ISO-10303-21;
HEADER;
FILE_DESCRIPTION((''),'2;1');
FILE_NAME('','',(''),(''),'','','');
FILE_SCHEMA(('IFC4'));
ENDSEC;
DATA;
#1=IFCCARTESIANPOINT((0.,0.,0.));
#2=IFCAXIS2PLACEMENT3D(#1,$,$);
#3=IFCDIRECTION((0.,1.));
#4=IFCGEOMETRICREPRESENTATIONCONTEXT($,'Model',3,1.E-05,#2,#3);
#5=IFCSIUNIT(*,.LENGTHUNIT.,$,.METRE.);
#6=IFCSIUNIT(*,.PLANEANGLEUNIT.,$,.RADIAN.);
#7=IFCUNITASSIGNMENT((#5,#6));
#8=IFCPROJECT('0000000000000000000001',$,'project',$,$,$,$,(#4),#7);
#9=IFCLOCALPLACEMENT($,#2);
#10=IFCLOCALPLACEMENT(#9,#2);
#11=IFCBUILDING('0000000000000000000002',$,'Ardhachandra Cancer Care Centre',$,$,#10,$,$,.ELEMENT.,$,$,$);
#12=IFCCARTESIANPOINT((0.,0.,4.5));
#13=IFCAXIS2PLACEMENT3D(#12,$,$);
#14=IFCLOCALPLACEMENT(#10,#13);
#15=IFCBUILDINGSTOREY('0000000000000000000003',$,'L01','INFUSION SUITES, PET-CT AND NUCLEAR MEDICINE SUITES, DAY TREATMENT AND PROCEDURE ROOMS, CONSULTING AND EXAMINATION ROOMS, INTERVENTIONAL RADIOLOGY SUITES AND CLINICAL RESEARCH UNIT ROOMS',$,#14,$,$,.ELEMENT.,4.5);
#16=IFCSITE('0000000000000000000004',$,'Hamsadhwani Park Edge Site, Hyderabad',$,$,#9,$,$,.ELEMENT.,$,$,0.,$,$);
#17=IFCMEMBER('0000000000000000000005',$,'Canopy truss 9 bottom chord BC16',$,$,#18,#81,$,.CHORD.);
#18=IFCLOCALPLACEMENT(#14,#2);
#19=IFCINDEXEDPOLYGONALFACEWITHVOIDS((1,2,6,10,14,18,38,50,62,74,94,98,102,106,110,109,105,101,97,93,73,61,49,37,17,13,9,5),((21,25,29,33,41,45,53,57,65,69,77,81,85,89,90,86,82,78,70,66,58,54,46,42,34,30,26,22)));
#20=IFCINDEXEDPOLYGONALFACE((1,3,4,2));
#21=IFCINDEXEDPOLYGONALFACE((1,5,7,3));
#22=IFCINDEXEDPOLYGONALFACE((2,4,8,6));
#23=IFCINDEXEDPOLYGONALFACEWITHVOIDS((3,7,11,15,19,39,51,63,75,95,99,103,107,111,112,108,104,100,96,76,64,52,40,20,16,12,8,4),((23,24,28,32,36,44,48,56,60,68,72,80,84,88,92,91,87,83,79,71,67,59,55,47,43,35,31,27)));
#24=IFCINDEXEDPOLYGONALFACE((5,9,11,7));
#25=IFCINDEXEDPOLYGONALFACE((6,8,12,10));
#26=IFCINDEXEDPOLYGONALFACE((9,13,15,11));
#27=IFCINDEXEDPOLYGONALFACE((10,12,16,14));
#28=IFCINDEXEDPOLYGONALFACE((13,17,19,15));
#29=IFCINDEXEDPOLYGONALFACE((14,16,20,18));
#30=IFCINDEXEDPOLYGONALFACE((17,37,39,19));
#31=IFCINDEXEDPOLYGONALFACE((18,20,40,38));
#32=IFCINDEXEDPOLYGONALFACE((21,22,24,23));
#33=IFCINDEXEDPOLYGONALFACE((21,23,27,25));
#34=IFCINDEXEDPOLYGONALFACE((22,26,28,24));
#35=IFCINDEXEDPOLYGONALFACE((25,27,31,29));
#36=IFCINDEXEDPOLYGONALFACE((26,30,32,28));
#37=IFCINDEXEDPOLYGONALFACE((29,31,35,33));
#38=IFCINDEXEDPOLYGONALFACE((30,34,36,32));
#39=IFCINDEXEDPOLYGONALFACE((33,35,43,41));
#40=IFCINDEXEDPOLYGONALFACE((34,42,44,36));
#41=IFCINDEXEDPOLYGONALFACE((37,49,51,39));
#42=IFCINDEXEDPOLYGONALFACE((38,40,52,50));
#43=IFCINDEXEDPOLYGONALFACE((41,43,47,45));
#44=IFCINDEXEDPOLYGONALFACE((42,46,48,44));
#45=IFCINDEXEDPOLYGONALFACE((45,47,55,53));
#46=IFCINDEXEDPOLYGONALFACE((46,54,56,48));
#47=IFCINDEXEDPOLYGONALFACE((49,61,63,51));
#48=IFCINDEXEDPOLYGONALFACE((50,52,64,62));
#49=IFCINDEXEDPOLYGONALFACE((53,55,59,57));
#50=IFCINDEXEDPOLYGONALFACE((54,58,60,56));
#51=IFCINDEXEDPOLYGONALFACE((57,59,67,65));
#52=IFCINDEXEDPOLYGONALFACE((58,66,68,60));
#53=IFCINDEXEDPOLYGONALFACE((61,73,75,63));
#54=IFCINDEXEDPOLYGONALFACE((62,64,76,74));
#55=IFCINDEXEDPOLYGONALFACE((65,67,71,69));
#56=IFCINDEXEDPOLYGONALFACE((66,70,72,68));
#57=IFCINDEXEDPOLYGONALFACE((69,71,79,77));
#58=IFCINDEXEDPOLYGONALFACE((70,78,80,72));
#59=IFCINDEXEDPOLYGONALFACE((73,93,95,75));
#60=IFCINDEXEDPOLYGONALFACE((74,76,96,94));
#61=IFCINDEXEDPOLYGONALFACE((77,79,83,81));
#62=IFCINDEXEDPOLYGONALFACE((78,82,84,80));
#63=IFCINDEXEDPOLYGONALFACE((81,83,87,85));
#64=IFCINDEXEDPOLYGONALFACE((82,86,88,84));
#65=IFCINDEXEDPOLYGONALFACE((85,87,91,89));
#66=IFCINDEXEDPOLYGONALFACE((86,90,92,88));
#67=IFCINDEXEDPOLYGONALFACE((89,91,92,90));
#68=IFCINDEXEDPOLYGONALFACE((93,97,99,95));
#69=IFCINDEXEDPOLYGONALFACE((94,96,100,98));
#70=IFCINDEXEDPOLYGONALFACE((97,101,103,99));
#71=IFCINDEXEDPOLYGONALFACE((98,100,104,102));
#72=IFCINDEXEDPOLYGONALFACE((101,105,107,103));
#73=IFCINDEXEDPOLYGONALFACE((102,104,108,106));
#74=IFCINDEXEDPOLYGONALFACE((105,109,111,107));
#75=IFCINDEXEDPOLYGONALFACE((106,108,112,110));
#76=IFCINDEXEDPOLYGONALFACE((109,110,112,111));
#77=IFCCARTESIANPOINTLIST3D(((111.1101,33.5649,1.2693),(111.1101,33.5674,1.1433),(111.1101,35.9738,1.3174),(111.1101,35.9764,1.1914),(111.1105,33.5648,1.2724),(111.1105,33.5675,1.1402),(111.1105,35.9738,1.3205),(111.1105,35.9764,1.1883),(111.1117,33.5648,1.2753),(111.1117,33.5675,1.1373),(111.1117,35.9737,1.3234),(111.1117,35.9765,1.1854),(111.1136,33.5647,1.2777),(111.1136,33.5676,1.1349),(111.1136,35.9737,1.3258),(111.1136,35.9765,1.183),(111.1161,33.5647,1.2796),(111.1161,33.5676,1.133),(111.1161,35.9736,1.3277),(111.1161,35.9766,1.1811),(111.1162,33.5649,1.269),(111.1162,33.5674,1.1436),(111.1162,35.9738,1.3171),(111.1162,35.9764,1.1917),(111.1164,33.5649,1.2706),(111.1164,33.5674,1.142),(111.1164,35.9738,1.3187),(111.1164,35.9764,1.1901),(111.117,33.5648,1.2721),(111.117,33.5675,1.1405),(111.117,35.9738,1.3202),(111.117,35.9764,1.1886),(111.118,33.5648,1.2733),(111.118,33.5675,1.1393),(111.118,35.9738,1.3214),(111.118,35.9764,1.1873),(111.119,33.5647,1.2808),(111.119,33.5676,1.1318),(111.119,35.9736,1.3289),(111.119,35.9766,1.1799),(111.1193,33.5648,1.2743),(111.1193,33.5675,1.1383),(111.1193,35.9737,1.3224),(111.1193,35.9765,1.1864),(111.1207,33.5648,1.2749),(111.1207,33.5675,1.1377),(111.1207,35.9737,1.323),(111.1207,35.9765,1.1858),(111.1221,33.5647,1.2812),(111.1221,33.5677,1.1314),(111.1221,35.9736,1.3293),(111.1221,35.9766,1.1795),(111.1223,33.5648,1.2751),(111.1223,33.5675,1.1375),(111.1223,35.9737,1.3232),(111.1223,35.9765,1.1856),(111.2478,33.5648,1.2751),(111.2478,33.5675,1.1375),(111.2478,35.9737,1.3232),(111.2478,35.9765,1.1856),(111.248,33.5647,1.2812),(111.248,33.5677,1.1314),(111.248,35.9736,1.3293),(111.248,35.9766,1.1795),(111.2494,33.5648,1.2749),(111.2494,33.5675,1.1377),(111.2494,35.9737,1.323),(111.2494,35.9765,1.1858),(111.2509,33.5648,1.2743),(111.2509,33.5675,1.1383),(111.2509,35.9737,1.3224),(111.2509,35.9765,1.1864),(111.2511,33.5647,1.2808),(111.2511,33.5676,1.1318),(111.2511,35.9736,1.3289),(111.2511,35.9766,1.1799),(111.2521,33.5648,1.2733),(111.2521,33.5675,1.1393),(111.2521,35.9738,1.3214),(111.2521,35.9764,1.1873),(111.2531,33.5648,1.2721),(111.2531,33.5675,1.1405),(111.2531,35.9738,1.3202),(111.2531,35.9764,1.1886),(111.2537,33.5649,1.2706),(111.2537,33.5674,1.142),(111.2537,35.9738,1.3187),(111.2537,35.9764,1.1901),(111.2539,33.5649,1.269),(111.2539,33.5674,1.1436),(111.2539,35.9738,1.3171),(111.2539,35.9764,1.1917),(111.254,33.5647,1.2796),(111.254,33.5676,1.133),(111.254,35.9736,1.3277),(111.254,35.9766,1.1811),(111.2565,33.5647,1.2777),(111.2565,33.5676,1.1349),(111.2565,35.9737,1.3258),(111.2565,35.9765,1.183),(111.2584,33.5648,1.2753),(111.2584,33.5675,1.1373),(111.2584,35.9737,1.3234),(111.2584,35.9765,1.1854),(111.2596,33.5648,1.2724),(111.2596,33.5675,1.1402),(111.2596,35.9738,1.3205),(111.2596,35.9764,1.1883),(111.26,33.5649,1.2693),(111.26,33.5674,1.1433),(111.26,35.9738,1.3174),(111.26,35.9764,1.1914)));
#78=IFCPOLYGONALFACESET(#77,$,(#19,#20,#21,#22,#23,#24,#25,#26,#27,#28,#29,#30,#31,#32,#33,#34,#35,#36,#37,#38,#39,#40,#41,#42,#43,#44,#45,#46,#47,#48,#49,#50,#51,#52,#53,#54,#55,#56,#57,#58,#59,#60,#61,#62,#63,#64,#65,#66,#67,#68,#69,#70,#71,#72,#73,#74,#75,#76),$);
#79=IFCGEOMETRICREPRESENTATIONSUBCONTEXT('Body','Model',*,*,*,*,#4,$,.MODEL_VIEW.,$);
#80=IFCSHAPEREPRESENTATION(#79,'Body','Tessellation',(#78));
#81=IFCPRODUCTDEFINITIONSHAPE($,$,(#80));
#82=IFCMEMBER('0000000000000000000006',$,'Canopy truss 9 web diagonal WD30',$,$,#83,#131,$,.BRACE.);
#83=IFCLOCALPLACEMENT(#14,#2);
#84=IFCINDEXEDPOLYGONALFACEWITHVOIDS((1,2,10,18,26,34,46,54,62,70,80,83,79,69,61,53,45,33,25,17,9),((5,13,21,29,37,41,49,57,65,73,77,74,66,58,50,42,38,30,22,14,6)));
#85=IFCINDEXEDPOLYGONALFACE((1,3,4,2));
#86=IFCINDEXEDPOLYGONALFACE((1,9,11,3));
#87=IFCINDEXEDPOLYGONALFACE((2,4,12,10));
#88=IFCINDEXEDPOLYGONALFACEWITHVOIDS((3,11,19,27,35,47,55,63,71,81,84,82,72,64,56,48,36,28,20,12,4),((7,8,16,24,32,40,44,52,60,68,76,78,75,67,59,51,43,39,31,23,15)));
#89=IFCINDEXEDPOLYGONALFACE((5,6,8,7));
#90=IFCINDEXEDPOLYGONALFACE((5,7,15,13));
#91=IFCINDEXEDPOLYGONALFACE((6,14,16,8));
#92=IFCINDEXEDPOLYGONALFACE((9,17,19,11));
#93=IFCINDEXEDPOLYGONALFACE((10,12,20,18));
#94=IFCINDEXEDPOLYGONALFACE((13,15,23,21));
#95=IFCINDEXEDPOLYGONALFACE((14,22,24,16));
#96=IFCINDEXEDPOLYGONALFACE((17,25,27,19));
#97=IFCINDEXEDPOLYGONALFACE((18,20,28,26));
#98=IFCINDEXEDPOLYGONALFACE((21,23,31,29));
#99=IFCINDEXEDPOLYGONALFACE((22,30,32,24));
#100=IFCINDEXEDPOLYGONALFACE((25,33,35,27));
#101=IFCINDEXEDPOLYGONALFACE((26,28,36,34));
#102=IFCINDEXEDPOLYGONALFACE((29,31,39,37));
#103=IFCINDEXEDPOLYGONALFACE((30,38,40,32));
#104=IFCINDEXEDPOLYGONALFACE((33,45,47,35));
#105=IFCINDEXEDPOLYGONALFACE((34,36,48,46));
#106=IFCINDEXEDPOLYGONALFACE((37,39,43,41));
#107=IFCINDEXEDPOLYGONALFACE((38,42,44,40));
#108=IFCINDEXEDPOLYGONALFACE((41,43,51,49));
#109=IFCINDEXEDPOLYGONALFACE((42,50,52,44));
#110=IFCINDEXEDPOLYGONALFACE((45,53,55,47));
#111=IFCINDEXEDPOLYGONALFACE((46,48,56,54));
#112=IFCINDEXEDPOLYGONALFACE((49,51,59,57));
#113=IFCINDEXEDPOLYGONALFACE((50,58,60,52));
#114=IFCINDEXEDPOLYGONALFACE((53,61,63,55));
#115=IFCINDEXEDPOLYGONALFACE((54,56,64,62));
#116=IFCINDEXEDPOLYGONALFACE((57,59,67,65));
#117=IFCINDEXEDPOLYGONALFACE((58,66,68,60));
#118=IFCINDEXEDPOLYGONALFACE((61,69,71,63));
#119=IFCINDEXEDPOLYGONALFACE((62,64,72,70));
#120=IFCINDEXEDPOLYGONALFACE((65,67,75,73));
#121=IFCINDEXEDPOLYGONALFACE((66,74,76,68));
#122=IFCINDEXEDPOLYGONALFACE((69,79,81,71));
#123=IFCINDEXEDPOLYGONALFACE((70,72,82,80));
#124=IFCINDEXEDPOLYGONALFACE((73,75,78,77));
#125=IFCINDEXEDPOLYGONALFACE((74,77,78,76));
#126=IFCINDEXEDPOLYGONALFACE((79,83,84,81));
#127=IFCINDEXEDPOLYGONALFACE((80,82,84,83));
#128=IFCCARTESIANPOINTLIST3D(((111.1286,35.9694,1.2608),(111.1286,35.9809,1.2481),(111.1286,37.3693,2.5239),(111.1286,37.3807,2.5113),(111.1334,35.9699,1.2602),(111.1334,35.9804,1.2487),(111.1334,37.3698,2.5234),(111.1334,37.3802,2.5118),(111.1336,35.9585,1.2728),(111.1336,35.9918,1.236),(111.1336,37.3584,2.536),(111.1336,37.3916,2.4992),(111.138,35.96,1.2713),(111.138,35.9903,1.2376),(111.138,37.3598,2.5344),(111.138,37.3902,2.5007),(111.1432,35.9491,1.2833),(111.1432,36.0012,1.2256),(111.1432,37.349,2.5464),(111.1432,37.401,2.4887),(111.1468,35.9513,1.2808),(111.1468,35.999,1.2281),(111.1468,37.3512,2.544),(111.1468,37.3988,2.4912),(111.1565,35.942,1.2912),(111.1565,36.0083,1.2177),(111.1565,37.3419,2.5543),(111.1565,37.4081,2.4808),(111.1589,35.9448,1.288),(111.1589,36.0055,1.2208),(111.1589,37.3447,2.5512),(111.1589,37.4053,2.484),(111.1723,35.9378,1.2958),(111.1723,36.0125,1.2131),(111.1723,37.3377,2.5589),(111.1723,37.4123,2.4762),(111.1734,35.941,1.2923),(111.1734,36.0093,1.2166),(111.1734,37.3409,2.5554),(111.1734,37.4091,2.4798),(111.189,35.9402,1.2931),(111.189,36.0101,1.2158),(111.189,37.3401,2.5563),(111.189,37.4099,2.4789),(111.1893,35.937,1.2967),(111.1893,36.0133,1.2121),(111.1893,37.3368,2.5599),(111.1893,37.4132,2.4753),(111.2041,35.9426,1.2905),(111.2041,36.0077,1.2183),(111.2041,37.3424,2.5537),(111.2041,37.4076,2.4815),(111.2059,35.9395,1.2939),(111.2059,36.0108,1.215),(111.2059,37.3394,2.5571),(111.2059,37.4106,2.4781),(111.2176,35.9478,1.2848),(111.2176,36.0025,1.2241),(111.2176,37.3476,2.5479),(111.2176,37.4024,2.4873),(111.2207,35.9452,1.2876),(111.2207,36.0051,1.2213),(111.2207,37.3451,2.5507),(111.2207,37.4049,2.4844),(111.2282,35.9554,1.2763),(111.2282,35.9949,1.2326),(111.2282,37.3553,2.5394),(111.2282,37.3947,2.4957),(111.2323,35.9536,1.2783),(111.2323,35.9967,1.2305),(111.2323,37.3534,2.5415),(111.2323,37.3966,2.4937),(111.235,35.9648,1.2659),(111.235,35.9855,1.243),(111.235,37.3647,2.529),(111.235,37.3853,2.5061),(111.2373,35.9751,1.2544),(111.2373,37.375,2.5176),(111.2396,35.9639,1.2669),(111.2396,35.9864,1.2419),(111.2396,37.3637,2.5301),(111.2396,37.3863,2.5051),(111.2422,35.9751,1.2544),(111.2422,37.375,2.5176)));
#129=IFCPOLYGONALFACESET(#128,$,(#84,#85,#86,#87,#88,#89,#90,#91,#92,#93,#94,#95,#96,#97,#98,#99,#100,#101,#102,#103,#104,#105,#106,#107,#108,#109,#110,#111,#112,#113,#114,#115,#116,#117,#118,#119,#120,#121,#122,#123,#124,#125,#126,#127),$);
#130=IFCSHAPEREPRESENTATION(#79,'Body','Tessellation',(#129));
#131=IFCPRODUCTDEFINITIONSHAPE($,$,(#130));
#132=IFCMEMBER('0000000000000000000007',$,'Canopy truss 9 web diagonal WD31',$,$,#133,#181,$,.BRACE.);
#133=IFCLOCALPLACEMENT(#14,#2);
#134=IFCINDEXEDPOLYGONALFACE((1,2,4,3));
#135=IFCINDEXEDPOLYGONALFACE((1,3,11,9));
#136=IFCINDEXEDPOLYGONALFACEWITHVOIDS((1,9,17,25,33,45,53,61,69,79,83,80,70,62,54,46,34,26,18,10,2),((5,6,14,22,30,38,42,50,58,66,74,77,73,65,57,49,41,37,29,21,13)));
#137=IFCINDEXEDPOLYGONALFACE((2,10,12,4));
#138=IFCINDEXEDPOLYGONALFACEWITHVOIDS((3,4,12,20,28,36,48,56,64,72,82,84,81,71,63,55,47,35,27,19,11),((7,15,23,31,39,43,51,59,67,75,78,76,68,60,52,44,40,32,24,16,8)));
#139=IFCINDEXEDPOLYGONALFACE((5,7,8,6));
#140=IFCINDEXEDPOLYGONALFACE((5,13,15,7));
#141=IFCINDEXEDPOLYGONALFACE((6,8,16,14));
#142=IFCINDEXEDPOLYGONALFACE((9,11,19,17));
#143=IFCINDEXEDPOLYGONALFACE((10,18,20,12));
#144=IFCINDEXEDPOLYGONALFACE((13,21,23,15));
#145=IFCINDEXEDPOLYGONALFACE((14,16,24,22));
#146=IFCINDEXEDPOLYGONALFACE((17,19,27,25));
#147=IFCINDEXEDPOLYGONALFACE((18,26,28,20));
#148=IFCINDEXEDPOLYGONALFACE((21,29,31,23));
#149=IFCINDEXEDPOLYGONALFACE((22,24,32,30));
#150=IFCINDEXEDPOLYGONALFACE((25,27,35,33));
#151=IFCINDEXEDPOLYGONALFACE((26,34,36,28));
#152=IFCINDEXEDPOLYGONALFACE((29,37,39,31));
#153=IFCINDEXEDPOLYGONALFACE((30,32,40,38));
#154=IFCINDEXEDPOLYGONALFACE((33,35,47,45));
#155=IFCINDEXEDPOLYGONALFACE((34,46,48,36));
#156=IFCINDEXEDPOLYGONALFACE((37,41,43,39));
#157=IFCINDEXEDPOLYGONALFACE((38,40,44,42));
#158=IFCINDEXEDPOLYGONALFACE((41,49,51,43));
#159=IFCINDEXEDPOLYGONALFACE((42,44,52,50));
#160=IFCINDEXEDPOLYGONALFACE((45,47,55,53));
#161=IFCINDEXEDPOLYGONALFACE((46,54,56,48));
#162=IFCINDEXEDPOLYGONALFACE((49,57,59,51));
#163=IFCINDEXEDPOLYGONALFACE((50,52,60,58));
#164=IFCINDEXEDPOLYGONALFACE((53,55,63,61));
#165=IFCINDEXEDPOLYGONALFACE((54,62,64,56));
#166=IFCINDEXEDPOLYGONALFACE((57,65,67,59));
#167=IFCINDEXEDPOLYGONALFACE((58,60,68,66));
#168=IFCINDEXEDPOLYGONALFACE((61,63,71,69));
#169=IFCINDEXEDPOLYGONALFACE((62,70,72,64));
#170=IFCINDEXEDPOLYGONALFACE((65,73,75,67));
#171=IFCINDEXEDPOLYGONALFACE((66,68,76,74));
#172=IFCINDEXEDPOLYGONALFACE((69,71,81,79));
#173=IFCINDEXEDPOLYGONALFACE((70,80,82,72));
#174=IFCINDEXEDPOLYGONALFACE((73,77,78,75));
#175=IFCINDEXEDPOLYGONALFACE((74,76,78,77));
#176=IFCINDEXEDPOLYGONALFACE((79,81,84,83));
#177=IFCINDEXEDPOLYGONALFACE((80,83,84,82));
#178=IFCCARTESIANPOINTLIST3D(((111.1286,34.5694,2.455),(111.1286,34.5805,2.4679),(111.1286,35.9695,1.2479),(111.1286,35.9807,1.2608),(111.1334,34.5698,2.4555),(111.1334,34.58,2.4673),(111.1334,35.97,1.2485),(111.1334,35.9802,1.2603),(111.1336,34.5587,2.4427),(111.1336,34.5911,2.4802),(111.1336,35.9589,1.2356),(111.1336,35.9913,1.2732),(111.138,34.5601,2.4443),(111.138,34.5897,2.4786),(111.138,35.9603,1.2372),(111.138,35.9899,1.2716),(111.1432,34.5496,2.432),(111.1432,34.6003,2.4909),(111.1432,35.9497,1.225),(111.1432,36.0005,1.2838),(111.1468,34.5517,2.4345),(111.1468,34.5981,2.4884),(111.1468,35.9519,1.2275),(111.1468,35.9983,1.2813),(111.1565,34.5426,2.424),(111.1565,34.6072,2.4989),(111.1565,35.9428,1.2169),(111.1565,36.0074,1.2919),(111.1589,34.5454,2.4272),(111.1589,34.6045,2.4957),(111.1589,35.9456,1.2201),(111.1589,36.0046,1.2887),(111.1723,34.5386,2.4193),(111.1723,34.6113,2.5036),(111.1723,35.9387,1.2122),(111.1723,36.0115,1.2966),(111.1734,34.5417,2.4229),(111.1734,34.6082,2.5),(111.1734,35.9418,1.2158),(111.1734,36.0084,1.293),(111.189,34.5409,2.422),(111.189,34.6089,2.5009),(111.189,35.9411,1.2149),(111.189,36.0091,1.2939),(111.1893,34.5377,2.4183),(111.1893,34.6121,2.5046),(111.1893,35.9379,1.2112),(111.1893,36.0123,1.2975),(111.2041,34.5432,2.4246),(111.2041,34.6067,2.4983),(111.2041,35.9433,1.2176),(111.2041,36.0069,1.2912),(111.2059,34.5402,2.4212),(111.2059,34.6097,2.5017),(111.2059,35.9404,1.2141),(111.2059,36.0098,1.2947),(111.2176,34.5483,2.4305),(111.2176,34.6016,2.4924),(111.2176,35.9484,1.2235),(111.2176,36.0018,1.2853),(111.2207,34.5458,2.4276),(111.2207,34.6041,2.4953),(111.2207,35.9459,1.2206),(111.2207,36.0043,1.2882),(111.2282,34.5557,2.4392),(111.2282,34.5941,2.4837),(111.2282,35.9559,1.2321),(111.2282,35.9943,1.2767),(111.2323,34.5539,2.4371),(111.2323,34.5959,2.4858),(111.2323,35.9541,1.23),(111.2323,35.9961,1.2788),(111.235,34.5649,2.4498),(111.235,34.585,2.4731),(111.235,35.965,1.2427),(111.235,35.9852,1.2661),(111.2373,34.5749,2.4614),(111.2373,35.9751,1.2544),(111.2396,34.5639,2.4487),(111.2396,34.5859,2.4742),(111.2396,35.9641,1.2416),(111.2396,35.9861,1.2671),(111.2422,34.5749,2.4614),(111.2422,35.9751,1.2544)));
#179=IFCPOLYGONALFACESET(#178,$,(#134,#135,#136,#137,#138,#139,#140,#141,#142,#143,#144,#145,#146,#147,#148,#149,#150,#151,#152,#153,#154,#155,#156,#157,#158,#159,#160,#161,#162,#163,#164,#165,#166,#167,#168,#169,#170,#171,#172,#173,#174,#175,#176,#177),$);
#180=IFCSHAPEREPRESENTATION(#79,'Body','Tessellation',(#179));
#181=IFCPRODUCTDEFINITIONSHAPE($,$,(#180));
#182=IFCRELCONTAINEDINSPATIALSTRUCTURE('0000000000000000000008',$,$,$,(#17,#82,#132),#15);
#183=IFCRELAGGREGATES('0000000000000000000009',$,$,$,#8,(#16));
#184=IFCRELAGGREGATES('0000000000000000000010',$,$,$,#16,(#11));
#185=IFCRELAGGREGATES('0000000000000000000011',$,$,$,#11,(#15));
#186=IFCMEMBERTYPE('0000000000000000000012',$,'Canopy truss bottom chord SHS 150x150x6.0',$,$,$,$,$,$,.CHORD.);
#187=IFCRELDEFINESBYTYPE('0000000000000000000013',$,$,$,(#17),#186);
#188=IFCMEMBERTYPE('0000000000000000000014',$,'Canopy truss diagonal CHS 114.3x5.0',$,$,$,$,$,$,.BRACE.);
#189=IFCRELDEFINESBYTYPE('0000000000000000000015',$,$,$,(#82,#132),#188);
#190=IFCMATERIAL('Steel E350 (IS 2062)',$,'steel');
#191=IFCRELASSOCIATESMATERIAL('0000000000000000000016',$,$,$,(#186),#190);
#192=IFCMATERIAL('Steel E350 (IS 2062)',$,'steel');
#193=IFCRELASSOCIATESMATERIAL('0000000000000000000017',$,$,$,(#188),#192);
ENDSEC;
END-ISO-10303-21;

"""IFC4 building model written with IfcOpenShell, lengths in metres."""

from ifc_helpers import new_model, si_unit, direction, frame, origin, origin_2d, place, context, subcontext, project, spatial, hollow_rectangle, hollow_circle, extrude, material, material_profile, profile_set, type_object, element, save


model = new_model("IFC4")

# Units and contexts
model_context = context("Model", 3, precision=1e-05, world=origin(), true_north=direction((0.0, 1.0)))
body_context = subcontext(model_context, "Body", "Model", "MODEL_VIEW")
ifc_project = project(units=[si_unit("LENGTHUNIT", "METRE"), si_unit("PLANEANGLEUNIT", "RADIAN")], contexts=[model_context])

# Site, building, storey
site_placement = place(None, origin())
site = spatial("IfcSite", under=ifc_project, at=site_placement, Name="Hamsadhwani Park Edge Site, Hyderabad", CompositionType="ELEMENT", RefElevation=0.0)
building_placement = place(site_placement, origin())
building = spatial("IfcBuilding", under=site, at=building_placement, Name="Ardhachandra Cancer Care Centre", CompositionType="ELEMENT")
storey_placement = place(building_placement, frame((0.0, 0.0, 4.5)))
storey = spatial("IfcBuildingStorey", under=building, at=storey_placement, Name="L01", Description="INFUSION SUITES, PET-CT AND NUCLEAR MEDICINE SUITES, DAY TREATMENT AND PROCEDURE ROOMS, CONSULTING AND EXAMINATION ROOMS, INTERVENTIONAL RADIOLOGY SUITES AND CLINICAL RESEARCH UNIT ROOMS", CompositionType="ELEMENT", Elevation=4.5)

# Members
ifc_material_1 = material(Name="Steel E350 (IS 2062)", Category="steel")
ifc_material_profile_1 = material_profile(ifc_material_1, hollow_rectangle(XDim=0.1499, YDim=0.1499, WallThickness=0.0061, InnerFilletRadius=0.0061, OuterFilletRadius=0.012, at=origin_2d()), Name="SHS 150x150x6.0")
ifc_profile_set_1 = profile_set([ifc_material_profile_1], Name="Steel E350 (IS 2062)")
member_type_1 = type_object("IfcMemberType", Name="Canopy truss bottom chord SHS 150x150x6.0", PredefinedType="CHORD", material=ifc_profile_set_1)
member_1_placement = place(storey_placement, frame((111.1851, 35.9751, 1.2544), z_axis=(0.0, -0.999801, -0.019962), x_axis=(1.0, 0.0, 0.0)))
element("IfcMember", 1, at=member_1_placement, inside=storey, type_object=member_type_1, Name="Canopy truss 9 bottom chord BC16", PredefinedType="CHORD", context=body_context, shape_type="SweptSolid", body=[
    extrude(hollow_rectangle(XDim=0.1499, YDim=0.1499, WallThickness=0.0061, InnerFilletRadius=0.0061, OuterFilletRadius=0.012, at=origin_2d()), origin(), (0.0, 0.0, 1.0), 2.4094),
])
ifc_material_2 = material(Name="Steel E350 (IS 2062)", Category="steel")
ifc_material_profile_2 = material_profile(ifc_material_2, hollow_circle(Radius=0.0571, WallThickness=0.0049, at=origin_2d()), Name="CHS 114.3x5.0")
ifc_profile_set_2 = profile_set([ifc_material_profile_2], Name="Steel E350 (IS 2062)")
member_type_2 = type_object("IfcMemberType", Name="Canopy truss diagonal CHS 114.3x5.0", PredefinedType="BRACE", material=ifc_profile_set_2)
member_2_placement = place(storey_placement, frame((111.1851, 37.375, 2.5176), z_axis=(0.0, -0.742431, -0.669923), x_axis=(1.0, 0.0, 0.0)))
element("IfcMember", 2, at=member_2_placement, inside=storey, type_object=member_type_2, Name="Canopy truss 9 web diagonal WD30", PredefinedType="BRACE", context=body_context, shape_type="SweptSolid", body=[
    extrude(hollow_circle(Radius=0.0571, WallThickness=0.0049, at=origin_2d()), origin(), (0.0, 0.0, 1.0), 1.8855),
])
member_3_placement = place(storey_placement, frame((111.1851, 35.9751, 1.2544), z_axis=(0.0, -0.757408, 0.652942), x_axis=(1.0, 0.0, 0.0)))
element("IfcMember", 3, at=member_3_placement, inside=storey, type_object=member_type_2, Name="Canopy truss 9 web diagonal WD31", PredefinedType="BRACE", context=body_context, shape_type="SweptSolid", body=[
    extrude(hollow_circle(Radius=0.0571, WallThickness=0.0049, at=origin_2d()), origin(), (0.0, 0.0, 1.0), 1.8486),
])

save(model, "model.ifc")
